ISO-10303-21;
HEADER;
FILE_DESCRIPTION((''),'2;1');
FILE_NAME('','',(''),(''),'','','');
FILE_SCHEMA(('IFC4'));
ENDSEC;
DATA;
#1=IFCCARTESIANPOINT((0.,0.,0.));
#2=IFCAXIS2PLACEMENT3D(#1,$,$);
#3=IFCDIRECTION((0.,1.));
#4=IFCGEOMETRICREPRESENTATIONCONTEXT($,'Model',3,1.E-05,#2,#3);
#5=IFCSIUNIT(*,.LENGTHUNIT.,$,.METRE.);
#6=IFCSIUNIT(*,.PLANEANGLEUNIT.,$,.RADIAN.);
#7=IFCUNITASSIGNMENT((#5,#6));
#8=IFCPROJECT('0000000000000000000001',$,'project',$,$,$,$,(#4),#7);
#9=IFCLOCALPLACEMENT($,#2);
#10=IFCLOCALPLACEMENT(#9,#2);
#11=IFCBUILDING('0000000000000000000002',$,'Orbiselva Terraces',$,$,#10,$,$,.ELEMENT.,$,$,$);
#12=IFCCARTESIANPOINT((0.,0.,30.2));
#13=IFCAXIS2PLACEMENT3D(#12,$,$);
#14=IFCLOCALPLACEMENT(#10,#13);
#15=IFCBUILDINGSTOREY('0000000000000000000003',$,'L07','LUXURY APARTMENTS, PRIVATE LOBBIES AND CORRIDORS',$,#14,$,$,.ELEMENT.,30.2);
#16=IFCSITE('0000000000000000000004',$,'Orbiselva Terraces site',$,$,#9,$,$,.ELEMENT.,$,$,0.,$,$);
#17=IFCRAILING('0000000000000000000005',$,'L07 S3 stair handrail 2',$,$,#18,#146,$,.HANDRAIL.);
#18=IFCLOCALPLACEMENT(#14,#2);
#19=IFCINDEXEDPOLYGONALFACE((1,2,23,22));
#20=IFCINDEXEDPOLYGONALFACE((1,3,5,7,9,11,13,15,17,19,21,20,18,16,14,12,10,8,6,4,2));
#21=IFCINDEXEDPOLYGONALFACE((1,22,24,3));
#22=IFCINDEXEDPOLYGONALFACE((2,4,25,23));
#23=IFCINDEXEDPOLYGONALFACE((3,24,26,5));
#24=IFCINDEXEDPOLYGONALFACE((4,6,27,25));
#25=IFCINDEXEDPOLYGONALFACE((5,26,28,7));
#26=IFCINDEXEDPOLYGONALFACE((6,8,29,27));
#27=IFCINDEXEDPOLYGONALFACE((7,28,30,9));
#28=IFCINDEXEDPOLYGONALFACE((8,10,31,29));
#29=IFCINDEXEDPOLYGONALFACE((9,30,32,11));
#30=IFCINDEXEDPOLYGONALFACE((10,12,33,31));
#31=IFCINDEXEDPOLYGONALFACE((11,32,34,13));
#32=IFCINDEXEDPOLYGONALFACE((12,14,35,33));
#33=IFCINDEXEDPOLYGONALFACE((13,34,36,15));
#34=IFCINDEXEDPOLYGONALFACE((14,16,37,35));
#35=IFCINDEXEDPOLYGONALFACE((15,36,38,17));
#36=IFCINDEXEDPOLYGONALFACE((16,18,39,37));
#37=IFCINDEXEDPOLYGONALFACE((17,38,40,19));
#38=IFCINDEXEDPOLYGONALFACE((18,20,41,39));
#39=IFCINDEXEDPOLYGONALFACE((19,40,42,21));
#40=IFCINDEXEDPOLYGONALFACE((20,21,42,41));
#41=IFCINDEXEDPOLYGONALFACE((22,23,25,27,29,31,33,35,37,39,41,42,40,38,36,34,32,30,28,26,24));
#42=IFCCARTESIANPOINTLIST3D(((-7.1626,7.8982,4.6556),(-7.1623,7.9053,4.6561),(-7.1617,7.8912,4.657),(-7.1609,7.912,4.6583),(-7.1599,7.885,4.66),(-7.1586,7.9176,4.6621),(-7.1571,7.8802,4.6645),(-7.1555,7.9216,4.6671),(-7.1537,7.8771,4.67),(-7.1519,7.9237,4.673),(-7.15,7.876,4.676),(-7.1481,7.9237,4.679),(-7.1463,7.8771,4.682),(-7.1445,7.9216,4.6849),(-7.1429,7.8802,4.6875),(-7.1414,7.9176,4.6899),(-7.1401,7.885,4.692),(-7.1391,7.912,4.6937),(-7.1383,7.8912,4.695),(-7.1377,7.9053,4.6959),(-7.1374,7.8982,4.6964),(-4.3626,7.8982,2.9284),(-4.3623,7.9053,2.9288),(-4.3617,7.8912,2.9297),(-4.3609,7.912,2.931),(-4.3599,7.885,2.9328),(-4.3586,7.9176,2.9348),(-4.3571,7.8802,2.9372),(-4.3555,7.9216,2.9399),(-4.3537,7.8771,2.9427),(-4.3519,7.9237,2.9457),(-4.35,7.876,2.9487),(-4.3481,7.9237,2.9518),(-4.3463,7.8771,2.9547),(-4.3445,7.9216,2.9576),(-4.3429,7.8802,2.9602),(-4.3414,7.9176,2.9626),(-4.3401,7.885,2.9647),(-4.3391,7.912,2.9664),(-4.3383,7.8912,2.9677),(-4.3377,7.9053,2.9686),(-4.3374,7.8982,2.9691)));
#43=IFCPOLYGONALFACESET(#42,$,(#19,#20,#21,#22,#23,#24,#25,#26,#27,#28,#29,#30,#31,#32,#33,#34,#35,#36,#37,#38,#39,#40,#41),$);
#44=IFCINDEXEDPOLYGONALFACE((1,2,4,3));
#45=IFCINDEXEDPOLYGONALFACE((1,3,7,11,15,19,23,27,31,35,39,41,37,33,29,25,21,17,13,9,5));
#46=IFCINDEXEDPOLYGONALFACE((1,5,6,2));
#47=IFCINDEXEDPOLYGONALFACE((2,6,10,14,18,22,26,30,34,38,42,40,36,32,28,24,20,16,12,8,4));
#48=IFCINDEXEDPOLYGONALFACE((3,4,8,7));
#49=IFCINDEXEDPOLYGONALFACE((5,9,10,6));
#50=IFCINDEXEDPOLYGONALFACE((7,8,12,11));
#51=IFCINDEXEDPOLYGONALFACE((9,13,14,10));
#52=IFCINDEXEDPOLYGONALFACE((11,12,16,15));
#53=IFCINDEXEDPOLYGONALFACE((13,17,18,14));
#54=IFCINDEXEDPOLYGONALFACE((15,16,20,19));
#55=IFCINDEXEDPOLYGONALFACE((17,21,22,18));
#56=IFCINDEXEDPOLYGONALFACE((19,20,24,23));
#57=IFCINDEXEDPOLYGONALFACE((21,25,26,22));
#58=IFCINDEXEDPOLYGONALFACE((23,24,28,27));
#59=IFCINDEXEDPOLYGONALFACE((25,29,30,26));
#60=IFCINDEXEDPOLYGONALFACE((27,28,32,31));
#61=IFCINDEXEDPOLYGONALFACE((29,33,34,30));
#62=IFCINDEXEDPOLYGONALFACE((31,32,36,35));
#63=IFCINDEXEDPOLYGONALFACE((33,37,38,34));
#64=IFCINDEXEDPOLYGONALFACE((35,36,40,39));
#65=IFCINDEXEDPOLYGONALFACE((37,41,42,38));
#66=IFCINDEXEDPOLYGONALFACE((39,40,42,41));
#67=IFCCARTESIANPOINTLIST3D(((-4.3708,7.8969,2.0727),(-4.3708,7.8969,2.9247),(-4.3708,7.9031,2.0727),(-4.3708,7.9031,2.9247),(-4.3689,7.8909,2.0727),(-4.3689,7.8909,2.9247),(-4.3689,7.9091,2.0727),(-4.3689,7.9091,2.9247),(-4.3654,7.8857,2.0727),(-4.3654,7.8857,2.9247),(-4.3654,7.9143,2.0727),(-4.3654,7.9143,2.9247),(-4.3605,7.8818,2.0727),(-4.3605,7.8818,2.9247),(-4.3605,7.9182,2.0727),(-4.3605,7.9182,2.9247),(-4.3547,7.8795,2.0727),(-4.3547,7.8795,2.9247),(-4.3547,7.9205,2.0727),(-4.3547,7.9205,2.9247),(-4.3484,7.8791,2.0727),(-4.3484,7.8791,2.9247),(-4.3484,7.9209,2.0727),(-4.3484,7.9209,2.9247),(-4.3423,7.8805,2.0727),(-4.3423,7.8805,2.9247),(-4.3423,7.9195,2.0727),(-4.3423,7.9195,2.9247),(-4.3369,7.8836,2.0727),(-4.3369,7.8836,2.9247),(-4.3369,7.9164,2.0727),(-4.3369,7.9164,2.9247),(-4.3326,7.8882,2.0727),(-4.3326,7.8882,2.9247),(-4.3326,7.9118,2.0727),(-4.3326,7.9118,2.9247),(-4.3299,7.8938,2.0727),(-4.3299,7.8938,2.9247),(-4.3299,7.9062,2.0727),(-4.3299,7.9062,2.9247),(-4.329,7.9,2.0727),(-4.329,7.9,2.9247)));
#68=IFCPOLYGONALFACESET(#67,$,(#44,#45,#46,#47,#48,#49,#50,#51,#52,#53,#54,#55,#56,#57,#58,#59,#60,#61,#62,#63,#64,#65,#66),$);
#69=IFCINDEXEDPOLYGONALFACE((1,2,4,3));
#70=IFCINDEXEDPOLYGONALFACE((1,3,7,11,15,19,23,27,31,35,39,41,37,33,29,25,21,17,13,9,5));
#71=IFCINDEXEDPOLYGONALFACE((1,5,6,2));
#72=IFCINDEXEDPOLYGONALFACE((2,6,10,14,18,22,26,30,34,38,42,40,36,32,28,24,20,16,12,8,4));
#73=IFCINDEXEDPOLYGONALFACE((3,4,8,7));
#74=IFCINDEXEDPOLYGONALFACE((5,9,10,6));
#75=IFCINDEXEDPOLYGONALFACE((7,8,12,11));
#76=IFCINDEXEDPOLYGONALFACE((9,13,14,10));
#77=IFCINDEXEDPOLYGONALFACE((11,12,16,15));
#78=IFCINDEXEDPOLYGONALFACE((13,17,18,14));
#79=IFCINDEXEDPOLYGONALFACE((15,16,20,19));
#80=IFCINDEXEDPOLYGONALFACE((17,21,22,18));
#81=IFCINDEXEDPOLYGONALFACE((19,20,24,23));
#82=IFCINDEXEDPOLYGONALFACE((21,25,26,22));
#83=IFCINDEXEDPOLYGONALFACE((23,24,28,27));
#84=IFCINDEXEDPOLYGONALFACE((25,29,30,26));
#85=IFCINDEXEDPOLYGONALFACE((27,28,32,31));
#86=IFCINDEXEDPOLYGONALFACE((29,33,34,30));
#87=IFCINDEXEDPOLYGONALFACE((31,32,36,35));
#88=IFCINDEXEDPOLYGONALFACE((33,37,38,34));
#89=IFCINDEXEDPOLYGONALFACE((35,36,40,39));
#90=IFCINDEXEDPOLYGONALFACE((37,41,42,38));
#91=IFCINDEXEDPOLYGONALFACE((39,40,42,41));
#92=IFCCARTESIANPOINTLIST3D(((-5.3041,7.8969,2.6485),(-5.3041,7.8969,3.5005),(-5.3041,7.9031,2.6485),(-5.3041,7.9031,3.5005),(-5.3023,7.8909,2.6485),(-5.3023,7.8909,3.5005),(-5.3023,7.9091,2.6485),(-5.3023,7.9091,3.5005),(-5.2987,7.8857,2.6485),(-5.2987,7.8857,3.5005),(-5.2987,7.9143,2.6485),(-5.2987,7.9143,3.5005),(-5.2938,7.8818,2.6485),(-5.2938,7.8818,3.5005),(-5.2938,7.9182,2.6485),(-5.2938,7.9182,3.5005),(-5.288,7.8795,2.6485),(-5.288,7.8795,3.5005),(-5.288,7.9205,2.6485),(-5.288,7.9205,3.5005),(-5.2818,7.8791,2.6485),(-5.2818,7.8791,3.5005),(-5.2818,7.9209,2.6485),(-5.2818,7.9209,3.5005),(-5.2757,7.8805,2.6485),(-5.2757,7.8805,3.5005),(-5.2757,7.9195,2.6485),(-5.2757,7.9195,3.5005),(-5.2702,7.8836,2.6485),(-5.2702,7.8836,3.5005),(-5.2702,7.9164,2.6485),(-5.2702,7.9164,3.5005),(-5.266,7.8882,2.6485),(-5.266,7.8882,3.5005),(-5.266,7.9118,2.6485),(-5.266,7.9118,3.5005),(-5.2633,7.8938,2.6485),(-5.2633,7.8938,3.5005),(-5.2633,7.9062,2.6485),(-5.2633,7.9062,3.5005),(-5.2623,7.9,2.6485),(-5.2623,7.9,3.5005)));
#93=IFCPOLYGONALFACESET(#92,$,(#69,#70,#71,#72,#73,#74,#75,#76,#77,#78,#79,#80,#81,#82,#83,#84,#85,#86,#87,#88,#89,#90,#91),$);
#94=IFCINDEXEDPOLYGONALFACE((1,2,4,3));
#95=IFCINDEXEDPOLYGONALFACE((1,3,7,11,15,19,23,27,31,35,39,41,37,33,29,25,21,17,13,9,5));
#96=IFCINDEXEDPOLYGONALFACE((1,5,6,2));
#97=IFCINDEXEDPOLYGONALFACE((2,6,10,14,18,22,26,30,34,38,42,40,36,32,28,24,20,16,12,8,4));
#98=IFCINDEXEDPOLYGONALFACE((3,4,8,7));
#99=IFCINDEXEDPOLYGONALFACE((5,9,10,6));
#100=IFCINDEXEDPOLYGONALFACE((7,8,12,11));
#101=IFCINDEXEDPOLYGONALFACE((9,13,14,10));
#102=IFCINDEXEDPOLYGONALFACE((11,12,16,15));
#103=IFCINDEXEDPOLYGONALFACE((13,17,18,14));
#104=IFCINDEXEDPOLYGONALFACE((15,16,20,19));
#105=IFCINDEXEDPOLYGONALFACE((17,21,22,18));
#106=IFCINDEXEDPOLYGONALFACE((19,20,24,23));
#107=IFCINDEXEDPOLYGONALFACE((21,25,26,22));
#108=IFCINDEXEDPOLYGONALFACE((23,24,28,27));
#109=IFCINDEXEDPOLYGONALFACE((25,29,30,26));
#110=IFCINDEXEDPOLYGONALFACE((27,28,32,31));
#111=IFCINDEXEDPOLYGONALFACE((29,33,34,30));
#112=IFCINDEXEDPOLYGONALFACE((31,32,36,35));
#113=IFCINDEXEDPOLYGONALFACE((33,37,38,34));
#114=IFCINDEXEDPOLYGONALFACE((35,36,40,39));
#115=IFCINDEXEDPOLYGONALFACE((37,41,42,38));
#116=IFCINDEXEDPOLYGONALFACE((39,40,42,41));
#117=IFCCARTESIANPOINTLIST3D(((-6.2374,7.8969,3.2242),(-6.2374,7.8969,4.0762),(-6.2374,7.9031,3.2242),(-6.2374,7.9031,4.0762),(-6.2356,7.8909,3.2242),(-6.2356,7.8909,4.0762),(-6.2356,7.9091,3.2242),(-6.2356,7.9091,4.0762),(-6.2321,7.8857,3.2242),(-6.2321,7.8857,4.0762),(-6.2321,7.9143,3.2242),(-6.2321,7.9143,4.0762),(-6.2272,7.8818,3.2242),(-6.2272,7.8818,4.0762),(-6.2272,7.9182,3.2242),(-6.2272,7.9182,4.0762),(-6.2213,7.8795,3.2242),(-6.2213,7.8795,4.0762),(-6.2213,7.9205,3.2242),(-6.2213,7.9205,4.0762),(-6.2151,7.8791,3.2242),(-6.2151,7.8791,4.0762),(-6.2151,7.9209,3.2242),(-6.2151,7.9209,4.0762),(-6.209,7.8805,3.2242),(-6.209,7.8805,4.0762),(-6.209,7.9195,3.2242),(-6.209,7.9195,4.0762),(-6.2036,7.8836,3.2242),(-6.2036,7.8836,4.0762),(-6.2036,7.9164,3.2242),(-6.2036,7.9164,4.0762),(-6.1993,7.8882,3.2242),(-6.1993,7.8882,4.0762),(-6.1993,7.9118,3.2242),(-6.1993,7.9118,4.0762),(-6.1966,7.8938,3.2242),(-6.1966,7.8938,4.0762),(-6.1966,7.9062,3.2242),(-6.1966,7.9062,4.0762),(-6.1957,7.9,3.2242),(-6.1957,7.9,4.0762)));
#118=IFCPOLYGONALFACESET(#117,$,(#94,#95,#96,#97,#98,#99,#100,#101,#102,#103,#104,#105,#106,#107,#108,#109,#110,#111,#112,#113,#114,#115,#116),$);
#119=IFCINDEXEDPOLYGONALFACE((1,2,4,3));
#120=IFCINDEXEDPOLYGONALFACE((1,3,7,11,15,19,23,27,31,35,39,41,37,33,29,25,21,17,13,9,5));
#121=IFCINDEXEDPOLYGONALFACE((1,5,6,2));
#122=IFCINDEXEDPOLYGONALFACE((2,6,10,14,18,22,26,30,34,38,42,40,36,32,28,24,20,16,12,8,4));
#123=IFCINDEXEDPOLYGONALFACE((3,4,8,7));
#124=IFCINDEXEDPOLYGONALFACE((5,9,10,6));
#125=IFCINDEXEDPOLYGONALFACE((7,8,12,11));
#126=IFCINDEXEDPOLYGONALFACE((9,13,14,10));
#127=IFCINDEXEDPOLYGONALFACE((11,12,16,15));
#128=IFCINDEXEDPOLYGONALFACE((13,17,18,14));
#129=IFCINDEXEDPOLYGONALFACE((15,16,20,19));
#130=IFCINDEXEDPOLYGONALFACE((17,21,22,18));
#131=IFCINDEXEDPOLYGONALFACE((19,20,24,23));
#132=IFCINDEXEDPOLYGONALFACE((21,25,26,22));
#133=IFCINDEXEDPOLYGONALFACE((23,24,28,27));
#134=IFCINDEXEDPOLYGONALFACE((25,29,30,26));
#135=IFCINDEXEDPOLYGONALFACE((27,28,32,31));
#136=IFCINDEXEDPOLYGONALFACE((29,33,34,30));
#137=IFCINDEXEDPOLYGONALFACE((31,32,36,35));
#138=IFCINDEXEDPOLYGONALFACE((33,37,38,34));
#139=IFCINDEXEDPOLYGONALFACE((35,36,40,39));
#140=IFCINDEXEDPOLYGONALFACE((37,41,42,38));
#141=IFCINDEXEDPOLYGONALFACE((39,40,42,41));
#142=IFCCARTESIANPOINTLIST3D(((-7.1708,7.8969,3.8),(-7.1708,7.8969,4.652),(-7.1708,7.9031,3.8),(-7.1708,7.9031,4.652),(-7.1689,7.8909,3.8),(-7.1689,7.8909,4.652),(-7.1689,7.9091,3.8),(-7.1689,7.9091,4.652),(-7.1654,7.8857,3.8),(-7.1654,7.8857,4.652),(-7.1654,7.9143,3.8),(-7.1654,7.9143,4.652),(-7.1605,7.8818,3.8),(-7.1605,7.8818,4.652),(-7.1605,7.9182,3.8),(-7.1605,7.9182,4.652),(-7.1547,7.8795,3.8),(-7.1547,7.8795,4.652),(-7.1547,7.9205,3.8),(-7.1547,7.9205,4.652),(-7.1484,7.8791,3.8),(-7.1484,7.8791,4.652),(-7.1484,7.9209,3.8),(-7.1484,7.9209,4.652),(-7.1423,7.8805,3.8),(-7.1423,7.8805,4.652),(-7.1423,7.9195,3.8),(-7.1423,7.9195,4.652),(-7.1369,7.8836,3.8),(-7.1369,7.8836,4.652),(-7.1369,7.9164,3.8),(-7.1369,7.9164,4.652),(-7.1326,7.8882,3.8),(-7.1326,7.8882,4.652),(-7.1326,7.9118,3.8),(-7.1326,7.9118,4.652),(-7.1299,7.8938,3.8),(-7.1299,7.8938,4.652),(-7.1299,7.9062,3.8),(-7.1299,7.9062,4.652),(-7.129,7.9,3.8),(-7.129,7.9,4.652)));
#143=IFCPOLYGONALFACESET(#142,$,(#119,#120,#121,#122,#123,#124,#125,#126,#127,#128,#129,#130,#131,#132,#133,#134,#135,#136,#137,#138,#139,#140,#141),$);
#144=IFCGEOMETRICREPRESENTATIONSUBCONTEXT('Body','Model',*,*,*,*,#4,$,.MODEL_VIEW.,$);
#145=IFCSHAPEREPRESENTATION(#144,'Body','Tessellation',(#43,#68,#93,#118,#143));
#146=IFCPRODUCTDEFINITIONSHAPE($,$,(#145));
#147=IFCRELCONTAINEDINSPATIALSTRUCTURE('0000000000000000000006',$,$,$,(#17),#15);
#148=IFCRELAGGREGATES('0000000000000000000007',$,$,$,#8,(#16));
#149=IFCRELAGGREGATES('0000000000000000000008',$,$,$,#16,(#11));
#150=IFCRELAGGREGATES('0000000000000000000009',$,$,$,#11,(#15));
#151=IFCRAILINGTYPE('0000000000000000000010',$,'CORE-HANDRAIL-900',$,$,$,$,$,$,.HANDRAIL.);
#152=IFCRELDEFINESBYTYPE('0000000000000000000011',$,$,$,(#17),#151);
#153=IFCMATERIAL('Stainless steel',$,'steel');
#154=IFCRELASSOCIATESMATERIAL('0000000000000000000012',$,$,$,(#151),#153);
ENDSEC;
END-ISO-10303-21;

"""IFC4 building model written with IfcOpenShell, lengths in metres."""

from ifc_helpers import new_model, si_unit, direction, frame, origin, origin_2d, place, context, subcontext, project, spatial, circle, extrude, material, type_object, element, save


model = new_model("IFC4")

# Units and contexts
model_context = context("Model", 3, precision=1e-05, world=origin(), true_north=direction((0.0, 1.0)))
body_context = subcontext(model_context, "Body", "Model", "MODEL_VIEW")
ifc_project = project(units=[si_unit("LENGTHUNIT", "METRE"), si_unit("PLANEANGLEUNIT", "RADIAN")], contexts=[model_context])

# Site, building, storey
site_placement = place(None, origin())
site = spatial("IfcSite", under=ifc_project, at=site_placement, Name="Orbiselva Terraces site", CompositionType="ELEMENT", RefElevation=0.0)
building_placement = place(site_placement, origin())
building = spatial("IfcBuilding", under=site, at=building_placement, Name="Orbiselva Terraces", CompositionType="ELEMENT")
storey_placement = place(building_placement, frame((0.0, 0.0, 30.2)))
storey = spatial("IfcBuildingStorey", under=building, at=storey_placement, Name="L07", Description="LUXURY APARTMENTS, PRIVATE LOBBIES AND CORRIDORS", CompositionType="ELEMENT", Elevation=30.2)

# Railing
ifc_material_1 = material(Name="Stainless steel", Category="steel")
railing_type_1 = type_object("IfcRailingType", Name="CORE-HANDRAIL-900", PredefinedType="HANDRAIL", material=ifc_material_1)
railing_1_placement = place(storey_placement, frame((-4.35, 7.9, 2.0727)))
element("IfcRailing", 1, at=railing_1_placement, inside=storey, type_object=railing_type_1, Name="L07 S3 stair handrail 2", PredefinedType="HANDRAIL", context=body_context, shape_type="SweptSolid", body=[
    extrude(circle(Radius=0.024, at=origin_2d()), frame((0.0, 0.0, 0.876), z_axis=(-0.851089, 0.0, 0.525022), x_axis=(0.0, -1.0, 0.0)), (0.0, 0.0, 1.0), 3.2899),
    extrude(circle(Radius=0.021, at=origin_2d()), origin(), (0.0, 0.0, 1.0), 0.852),
    extrude(circle(Radius=0.021, at=origin_2d()), frame((-0.9333, 0.0, 0.5758)), (0.0, 0.0, 1.0), 0.852),
    extrude(circle(Radius=0.021, at=origin_2d()), frame((-1.8667, 0.0, 1.1515)), (0.0, 0.0, 1.0), 0.852),
    extrude(circle(Radius=0.021, at=origin_2d()), frame((-2.8, 0.0, 1.7273)), (0.0, 0.0, 1.0), 0.852),
])

save(model, "model.ifc")
